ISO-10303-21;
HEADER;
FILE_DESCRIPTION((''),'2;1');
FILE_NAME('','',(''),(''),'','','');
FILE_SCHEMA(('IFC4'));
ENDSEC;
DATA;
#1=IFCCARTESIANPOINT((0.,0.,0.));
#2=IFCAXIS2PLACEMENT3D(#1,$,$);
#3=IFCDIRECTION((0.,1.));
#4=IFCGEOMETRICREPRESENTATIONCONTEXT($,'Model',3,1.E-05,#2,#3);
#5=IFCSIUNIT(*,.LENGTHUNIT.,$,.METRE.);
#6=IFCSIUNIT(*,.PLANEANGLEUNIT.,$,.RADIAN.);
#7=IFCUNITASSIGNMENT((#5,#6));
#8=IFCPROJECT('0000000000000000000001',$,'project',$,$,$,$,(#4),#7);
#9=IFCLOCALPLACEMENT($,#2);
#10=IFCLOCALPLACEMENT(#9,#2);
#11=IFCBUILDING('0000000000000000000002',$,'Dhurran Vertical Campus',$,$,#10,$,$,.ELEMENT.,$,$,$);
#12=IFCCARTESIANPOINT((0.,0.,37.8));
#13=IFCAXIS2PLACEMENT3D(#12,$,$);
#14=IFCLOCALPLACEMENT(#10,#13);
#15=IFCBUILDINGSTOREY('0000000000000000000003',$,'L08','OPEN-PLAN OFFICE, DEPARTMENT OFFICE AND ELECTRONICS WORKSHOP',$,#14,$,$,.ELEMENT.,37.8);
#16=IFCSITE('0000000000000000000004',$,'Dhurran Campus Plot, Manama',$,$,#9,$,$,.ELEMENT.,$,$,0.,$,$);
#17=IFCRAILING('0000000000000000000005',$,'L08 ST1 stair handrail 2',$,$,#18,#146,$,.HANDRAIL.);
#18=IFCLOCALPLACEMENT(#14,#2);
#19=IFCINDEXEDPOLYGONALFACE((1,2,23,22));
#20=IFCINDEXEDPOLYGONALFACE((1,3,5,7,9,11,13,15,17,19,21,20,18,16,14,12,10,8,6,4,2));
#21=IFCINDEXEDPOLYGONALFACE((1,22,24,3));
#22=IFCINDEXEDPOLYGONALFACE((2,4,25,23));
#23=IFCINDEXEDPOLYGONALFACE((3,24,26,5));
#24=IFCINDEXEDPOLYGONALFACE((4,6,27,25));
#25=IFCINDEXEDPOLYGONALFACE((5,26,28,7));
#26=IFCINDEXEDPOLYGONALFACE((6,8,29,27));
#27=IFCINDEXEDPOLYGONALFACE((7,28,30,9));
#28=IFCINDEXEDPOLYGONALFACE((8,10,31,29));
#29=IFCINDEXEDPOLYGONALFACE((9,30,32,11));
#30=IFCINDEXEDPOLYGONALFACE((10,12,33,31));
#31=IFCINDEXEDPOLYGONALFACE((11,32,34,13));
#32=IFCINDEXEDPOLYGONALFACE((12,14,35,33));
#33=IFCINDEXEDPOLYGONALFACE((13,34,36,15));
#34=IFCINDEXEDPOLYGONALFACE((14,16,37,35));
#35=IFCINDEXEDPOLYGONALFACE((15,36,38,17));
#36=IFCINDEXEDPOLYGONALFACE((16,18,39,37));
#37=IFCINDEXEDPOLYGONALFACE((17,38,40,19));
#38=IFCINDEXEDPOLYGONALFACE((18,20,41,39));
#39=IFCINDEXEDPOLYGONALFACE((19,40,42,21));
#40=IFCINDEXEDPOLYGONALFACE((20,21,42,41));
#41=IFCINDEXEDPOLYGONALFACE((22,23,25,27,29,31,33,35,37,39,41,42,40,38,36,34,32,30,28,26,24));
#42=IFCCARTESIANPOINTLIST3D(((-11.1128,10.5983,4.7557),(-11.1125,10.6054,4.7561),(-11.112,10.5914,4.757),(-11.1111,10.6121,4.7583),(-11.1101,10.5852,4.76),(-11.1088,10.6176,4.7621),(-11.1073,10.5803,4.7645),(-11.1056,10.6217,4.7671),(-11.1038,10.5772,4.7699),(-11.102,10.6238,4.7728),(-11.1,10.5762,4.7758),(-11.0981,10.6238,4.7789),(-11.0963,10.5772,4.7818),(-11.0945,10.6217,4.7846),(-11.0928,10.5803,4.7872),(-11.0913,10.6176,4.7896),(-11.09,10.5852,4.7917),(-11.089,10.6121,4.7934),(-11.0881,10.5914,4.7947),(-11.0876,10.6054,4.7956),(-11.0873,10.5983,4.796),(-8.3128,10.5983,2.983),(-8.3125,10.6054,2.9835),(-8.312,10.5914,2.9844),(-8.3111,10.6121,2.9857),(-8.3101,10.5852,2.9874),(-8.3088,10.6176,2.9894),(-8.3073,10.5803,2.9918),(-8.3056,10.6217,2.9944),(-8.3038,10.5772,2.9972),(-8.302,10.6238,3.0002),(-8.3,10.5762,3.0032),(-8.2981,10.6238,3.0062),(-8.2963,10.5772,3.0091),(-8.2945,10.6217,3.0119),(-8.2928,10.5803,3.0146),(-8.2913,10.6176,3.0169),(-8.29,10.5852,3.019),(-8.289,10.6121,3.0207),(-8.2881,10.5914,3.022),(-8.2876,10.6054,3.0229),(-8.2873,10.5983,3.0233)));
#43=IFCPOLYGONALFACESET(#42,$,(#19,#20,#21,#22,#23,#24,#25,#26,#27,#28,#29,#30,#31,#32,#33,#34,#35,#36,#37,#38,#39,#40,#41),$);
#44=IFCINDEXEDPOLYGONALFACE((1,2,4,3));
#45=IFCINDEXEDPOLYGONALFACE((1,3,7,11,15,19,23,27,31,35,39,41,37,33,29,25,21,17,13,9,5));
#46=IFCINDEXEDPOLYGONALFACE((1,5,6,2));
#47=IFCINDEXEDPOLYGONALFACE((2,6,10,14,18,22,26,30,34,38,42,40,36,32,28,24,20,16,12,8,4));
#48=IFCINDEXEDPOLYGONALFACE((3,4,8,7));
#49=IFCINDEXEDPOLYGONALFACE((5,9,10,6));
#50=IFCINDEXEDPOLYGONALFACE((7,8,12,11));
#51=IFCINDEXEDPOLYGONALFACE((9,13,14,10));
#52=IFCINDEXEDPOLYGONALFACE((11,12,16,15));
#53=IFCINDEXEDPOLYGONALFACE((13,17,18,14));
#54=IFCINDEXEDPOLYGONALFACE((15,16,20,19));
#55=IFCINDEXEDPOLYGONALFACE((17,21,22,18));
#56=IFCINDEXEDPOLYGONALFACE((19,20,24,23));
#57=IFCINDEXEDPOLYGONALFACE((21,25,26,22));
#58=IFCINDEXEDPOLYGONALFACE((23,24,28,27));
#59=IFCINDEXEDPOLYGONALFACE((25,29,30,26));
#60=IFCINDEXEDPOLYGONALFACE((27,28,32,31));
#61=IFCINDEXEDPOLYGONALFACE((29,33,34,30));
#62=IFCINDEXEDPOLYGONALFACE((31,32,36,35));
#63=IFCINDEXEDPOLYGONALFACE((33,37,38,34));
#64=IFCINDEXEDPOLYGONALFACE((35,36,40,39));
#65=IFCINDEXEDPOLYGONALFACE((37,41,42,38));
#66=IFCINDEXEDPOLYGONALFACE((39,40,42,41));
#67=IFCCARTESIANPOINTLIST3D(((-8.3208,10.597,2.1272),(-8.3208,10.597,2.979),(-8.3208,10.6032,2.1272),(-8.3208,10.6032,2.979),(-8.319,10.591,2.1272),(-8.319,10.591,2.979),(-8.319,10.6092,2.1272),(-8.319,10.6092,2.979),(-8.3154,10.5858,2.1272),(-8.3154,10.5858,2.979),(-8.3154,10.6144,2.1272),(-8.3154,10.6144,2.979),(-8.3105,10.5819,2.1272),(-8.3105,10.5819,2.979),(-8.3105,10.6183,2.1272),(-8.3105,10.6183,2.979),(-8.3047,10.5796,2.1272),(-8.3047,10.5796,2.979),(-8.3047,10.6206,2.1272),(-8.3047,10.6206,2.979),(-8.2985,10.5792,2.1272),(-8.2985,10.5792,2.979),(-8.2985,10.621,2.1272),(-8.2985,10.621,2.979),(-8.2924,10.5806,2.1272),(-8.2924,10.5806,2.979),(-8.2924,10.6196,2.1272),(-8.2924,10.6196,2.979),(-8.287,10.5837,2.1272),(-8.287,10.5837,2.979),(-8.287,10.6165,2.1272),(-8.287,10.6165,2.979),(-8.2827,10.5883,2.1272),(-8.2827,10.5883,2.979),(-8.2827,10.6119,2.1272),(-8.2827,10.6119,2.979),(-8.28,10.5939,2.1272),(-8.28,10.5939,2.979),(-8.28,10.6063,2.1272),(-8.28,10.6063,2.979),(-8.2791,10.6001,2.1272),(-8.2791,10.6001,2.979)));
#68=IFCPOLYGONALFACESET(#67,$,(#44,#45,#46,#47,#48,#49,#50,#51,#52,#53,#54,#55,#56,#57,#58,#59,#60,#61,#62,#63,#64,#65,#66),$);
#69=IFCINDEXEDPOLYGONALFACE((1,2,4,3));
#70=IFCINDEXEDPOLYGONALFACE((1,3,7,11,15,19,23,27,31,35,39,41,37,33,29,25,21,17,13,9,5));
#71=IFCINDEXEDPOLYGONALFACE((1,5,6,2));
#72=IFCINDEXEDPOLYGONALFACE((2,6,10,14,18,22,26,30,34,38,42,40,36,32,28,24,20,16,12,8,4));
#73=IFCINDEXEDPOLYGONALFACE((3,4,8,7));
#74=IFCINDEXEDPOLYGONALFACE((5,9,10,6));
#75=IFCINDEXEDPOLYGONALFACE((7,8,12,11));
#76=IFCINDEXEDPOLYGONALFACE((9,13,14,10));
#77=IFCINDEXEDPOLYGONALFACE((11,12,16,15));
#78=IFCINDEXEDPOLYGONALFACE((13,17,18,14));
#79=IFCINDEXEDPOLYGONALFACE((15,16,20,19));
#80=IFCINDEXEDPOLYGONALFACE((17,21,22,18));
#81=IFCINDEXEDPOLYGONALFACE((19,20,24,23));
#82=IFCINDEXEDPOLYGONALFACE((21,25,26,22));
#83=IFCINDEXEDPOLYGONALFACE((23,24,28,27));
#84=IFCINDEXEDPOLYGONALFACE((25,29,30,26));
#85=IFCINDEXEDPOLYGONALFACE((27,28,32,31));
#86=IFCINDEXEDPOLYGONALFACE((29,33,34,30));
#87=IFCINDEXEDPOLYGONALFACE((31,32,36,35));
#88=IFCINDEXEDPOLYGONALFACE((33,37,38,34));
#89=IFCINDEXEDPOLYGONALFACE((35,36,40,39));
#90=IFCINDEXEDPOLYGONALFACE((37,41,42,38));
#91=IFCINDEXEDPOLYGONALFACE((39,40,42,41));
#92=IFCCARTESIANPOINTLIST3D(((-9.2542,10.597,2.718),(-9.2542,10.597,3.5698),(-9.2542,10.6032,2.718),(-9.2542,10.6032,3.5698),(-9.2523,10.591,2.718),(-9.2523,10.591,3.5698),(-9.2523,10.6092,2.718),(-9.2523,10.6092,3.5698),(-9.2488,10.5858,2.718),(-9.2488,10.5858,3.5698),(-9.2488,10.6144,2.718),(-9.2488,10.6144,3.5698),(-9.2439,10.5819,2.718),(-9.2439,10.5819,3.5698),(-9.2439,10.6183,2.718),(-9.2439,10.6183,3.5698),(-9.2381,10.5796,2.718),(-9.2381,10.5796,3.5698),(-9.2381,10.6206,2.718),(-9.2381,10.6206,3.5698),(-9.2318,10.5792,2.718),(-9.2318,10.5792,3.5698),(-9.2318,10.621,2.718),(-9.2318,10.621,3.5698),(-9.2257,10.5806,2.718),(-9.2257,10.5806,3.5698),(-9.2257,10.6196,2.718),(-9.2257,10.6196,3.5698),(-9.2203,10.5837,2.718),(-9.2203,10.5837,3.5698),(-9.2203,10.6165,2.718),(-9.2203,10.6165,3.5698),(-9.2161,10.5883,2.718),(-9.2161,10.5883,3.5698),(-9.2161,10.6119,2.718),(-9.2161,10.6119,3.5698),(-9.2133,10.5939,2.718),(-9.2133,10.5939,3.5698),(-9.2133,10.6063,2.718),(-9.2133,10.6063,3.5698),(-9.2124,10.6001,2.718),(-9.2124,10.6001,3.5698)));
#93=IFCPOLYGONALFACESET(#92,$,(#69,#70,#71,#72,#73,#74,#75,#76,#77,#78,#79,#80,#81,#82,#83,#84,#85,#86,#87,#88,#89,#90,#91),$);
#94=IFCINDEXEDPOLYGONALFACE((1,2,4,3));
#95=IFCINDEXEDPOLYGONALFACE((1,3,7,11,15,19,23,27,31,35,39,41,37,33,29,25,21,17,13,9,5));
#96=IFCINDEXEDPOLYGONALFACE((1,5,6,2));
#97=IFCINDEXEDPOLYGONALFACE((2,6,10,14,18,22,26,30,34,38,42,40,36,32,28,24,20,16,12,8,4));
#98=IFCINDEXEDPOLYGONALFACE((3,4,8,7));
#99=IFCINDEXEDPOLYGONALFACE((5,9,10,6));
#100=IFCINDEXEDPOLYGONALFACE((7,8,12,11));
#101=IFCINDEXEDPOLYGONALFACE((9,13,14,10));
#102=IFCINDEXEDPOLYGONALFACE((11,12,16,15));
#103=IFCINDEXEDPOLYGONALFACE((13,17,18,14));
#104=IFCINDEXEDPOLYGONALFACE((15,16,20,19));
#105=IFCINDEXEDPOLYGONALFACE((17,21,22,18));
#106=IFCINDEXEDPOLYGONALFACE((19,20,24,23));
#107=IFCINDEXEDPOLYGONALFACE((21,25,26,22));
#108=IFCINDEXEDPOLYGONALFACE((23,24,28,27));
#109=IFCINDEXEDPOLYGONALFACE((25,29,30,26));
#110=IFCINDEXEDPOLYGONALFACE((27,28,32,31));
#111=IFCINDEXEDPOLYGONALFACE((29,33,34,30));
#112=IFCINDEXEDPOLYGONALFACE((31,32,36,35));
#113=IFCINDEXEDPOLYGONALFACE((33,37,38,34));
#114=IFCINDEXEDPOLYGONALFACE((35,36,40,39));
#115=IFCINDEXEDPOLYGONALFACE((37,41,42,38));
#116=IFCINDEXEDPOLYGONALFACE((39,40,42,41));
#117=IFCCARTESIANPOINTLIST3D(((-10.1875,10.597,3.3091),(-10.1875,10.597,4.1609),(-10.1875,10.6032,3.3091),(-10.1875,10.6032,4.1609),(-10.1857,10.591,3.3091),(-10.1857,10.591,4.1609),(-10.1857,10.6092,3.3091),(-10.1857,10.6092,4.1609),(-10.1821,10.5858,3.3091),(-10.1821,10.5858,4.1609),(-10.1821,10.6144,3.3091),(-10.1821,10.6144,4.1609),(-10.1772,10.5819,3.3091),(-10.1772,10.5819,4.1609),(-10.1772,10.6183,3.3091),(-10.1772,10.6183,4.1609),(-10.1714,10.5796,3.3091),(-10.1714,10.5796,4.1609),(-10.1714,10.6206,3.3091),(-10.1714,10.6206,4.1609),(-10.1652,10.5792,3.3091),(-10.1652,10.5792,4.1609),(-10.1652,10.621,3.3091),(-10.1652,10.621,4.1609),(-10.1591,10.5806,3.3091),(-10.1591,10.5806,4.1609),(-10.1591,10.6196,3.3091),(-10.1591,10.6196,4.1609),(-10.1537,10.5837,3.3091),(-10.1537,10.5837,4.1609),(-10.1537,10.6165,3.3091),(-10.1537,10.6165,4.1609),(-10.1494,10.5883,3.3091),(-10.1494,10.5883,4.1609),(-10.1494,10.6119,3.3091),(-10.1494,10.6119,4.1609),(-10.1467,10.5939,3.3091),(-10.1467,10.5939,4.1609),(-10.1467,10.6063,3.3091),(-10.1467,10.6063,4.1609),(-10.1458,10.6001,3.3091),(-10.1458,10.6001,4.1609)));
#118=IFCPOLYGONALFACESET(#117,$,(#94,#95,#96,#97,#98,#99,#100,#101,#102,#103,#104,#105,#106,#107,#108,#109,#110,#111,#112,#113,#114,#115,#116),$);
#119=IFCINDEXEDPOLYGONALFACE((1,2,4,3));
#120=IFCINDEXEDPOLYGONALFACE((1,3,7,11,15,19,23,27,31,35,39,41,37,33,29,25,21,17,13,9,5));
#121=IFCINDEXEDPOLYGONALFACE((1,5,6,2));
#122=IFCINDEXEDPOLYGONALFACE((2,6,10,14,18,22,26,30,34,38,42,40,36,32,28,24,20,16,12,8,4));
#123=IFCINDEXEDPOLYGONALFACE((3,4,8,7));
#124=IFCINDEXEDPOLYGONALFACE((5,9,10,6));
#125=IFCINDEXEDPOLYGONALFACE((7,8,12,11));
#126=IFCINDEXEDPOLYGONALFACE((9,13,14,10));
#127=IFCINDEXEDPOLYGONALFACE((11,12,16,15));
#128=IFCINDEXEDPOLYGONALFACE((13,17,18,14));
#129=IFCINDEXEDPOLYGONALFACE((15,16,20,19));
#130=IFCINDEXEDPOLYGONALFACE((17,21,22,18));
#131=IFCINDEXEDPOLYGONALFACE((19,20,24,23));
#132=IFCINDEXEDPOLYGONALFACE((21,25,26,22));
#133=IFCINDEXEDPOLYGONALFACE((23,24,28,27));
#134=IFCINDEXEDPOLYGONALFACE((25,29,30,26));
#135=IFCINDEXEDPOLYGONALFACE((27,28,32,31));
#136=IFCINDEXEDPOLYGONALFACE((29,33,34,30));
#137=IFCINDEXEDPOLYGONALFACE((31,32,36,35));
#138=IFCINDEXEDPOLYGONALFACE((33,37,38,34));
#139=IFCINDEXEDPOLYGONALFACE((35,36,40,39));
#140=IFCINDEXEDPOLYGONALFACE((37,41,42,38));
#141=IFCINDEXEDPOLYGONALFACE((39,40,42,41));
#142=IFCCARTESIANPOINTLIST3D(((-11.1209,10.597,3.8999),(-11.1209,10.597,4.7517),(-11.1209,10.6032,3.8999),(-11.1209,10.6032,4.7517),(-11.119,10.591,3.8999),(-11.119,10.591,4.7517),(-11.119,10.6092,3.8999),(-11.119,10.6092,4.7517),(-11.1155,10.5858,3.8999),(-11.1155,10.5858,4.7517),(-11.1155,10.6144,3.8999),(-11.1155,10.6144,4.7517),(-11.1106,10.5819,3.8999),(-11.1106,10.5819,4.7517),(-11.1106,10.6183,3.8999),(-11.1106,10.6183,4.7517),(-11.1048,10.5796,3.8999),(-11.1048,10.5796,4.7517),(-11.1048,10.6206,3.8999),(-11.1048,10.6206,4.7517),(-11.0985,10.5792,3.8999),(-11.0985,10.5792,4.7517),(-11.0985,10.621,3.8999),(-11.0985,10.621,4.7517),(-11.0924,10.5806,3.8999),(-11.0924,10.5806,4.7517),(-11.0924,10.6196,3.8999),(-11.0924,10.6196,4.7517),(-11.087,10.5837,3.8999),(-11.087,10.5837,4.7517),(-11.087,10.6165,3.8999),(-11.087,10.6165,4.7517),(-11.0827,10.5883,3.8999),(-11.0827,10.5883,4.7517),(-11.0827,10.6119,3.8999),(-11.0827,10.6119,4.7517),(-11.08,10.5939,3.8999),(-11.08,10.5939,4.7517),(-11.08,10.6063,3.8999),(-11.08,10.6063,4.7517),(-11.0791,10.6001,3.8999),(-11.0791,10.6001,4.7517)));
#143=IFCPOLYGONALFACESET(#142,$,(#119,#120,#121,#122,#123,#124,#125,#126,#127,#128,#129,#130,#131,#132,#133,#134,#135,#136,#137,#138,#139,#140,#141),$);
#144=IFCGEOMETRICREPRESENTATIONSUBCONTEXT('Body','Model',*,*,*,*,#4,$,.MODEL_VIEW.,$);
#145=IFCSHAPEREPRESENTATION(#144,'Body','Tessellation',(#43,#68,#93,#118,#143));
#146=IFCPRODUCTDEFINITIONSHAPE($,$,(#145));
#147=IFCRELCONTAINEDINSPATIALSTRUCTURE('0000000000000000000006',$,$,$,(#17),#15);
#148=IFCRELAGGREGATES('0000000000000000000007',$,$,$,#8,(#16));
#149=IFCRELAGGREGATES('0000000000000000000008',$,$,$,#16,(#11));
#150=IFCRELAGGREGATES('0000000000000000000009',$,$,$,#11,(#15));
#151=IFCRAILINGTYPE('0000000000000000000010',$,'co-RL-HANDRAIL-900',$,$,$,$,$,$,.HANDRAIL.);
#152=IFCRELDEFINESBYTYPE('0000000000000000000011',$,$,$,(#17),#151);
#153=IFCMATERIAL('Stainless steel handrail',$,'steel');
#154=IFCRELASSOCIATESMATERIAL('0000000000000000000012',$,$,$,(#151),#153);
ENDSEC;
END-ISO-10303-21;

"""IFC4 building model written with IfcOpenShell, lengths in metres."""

from ifc_helpers import new_model, si_unit, direction, frame, origin, origin_2d, place, context, subcontext, project, spatial, circle, extrude, material, type_object, element, save


model = new_model("IFC4")

# Units and contexts
model_context = context("Model", 3, precision=1e-05, world=origin(), true_north=direction((0.0, 1.0)))
body_context = subcontext(model_context, "Body", "Model", "MODEL_VIEW")
ifc_project = project(units=[si_unit("LENGTHUNIT", "METRE"), si_unit("PLANEANGLEUNIT", "RADIAN")], contexts=[model_context])

# Site, building, storey
site_placement = place(None, origin())
site = spatial("IfcSite", under=ifc_project, at=site_placement, Name="Dhurran Campus Plot, Manama", CompositionType="ELEMENT", RefElevation=0.0)
building_placement = place(site_placement, origin())
building = spatial("IfcBuilding", under=site, at=building_placement, Name="Dhurran Vertical Campus", CompositionType="ELEMENT")
storey_placement = place(building_placement, frame((0.0, 0.0, 37.8)))
storey = spatial("IfcBuildingStorey", under=building, at=storey_placement, Name="L08", Description="OPEN-PLAN OFFICE, DEPARTMENT OFFICE AND ELECTRONICS WORKSHOP", CompositionType="ELEMENT", Elevation=37.8)

# Railing
ifc_material_1 = material(Name="Stainless steel handrail", Category="steel")
railing_type_1 = type_object("IfcRailingType", Name="co-RL-HANDRAIL-900", PredefinedType="HANDRAIL", material=ifc_material_1)
railing_1_placement = place(storey_placement, frame((-8.3, 10.6001, 2.1272)))
element("IfcRailing", 1, at=railing_1_placement, inside=storey, type_object=railing_type_1, Name="L08 ST1 stair handrail 2", PredefinedType="HANDRAIL", context=body_context, shape_type="SweptSolid", body=[
    extrude(circle(Radius=0.0239, at=origin_2d()), frame((0.0, 0.0, 0.876), z_axis=(-0.844909, 0.0, 0.53491), x_axis=(0.0, -1.0, 0.0)), (0.0, 0.0, 1.0), 3.314),
    extrude(circle(Radius=0.021, at=origin_2d()), origin(), (0.0, 0.0, 1.0), 0.8518),
    extrude(circle(Radius=0.021, at=origin_2d()), frame((-0.9333, 0.0, 0.5908)), (0.0, 0.0, 1.0), 0.8518),
    extrude(circle(Radius=0.021, at=origin_2d()), frame((-1.8667, 0.0, 1.1819)), (0.0, 0.0, 1.0), 0.8518),
    extrude(circle(Radius=0.021, at=origin_2d()), frame((-2.8, 0.0, 1.7727)), (0.0, 0.0, 1.0), 0.8518),
])

save(model, "model.ifc")
